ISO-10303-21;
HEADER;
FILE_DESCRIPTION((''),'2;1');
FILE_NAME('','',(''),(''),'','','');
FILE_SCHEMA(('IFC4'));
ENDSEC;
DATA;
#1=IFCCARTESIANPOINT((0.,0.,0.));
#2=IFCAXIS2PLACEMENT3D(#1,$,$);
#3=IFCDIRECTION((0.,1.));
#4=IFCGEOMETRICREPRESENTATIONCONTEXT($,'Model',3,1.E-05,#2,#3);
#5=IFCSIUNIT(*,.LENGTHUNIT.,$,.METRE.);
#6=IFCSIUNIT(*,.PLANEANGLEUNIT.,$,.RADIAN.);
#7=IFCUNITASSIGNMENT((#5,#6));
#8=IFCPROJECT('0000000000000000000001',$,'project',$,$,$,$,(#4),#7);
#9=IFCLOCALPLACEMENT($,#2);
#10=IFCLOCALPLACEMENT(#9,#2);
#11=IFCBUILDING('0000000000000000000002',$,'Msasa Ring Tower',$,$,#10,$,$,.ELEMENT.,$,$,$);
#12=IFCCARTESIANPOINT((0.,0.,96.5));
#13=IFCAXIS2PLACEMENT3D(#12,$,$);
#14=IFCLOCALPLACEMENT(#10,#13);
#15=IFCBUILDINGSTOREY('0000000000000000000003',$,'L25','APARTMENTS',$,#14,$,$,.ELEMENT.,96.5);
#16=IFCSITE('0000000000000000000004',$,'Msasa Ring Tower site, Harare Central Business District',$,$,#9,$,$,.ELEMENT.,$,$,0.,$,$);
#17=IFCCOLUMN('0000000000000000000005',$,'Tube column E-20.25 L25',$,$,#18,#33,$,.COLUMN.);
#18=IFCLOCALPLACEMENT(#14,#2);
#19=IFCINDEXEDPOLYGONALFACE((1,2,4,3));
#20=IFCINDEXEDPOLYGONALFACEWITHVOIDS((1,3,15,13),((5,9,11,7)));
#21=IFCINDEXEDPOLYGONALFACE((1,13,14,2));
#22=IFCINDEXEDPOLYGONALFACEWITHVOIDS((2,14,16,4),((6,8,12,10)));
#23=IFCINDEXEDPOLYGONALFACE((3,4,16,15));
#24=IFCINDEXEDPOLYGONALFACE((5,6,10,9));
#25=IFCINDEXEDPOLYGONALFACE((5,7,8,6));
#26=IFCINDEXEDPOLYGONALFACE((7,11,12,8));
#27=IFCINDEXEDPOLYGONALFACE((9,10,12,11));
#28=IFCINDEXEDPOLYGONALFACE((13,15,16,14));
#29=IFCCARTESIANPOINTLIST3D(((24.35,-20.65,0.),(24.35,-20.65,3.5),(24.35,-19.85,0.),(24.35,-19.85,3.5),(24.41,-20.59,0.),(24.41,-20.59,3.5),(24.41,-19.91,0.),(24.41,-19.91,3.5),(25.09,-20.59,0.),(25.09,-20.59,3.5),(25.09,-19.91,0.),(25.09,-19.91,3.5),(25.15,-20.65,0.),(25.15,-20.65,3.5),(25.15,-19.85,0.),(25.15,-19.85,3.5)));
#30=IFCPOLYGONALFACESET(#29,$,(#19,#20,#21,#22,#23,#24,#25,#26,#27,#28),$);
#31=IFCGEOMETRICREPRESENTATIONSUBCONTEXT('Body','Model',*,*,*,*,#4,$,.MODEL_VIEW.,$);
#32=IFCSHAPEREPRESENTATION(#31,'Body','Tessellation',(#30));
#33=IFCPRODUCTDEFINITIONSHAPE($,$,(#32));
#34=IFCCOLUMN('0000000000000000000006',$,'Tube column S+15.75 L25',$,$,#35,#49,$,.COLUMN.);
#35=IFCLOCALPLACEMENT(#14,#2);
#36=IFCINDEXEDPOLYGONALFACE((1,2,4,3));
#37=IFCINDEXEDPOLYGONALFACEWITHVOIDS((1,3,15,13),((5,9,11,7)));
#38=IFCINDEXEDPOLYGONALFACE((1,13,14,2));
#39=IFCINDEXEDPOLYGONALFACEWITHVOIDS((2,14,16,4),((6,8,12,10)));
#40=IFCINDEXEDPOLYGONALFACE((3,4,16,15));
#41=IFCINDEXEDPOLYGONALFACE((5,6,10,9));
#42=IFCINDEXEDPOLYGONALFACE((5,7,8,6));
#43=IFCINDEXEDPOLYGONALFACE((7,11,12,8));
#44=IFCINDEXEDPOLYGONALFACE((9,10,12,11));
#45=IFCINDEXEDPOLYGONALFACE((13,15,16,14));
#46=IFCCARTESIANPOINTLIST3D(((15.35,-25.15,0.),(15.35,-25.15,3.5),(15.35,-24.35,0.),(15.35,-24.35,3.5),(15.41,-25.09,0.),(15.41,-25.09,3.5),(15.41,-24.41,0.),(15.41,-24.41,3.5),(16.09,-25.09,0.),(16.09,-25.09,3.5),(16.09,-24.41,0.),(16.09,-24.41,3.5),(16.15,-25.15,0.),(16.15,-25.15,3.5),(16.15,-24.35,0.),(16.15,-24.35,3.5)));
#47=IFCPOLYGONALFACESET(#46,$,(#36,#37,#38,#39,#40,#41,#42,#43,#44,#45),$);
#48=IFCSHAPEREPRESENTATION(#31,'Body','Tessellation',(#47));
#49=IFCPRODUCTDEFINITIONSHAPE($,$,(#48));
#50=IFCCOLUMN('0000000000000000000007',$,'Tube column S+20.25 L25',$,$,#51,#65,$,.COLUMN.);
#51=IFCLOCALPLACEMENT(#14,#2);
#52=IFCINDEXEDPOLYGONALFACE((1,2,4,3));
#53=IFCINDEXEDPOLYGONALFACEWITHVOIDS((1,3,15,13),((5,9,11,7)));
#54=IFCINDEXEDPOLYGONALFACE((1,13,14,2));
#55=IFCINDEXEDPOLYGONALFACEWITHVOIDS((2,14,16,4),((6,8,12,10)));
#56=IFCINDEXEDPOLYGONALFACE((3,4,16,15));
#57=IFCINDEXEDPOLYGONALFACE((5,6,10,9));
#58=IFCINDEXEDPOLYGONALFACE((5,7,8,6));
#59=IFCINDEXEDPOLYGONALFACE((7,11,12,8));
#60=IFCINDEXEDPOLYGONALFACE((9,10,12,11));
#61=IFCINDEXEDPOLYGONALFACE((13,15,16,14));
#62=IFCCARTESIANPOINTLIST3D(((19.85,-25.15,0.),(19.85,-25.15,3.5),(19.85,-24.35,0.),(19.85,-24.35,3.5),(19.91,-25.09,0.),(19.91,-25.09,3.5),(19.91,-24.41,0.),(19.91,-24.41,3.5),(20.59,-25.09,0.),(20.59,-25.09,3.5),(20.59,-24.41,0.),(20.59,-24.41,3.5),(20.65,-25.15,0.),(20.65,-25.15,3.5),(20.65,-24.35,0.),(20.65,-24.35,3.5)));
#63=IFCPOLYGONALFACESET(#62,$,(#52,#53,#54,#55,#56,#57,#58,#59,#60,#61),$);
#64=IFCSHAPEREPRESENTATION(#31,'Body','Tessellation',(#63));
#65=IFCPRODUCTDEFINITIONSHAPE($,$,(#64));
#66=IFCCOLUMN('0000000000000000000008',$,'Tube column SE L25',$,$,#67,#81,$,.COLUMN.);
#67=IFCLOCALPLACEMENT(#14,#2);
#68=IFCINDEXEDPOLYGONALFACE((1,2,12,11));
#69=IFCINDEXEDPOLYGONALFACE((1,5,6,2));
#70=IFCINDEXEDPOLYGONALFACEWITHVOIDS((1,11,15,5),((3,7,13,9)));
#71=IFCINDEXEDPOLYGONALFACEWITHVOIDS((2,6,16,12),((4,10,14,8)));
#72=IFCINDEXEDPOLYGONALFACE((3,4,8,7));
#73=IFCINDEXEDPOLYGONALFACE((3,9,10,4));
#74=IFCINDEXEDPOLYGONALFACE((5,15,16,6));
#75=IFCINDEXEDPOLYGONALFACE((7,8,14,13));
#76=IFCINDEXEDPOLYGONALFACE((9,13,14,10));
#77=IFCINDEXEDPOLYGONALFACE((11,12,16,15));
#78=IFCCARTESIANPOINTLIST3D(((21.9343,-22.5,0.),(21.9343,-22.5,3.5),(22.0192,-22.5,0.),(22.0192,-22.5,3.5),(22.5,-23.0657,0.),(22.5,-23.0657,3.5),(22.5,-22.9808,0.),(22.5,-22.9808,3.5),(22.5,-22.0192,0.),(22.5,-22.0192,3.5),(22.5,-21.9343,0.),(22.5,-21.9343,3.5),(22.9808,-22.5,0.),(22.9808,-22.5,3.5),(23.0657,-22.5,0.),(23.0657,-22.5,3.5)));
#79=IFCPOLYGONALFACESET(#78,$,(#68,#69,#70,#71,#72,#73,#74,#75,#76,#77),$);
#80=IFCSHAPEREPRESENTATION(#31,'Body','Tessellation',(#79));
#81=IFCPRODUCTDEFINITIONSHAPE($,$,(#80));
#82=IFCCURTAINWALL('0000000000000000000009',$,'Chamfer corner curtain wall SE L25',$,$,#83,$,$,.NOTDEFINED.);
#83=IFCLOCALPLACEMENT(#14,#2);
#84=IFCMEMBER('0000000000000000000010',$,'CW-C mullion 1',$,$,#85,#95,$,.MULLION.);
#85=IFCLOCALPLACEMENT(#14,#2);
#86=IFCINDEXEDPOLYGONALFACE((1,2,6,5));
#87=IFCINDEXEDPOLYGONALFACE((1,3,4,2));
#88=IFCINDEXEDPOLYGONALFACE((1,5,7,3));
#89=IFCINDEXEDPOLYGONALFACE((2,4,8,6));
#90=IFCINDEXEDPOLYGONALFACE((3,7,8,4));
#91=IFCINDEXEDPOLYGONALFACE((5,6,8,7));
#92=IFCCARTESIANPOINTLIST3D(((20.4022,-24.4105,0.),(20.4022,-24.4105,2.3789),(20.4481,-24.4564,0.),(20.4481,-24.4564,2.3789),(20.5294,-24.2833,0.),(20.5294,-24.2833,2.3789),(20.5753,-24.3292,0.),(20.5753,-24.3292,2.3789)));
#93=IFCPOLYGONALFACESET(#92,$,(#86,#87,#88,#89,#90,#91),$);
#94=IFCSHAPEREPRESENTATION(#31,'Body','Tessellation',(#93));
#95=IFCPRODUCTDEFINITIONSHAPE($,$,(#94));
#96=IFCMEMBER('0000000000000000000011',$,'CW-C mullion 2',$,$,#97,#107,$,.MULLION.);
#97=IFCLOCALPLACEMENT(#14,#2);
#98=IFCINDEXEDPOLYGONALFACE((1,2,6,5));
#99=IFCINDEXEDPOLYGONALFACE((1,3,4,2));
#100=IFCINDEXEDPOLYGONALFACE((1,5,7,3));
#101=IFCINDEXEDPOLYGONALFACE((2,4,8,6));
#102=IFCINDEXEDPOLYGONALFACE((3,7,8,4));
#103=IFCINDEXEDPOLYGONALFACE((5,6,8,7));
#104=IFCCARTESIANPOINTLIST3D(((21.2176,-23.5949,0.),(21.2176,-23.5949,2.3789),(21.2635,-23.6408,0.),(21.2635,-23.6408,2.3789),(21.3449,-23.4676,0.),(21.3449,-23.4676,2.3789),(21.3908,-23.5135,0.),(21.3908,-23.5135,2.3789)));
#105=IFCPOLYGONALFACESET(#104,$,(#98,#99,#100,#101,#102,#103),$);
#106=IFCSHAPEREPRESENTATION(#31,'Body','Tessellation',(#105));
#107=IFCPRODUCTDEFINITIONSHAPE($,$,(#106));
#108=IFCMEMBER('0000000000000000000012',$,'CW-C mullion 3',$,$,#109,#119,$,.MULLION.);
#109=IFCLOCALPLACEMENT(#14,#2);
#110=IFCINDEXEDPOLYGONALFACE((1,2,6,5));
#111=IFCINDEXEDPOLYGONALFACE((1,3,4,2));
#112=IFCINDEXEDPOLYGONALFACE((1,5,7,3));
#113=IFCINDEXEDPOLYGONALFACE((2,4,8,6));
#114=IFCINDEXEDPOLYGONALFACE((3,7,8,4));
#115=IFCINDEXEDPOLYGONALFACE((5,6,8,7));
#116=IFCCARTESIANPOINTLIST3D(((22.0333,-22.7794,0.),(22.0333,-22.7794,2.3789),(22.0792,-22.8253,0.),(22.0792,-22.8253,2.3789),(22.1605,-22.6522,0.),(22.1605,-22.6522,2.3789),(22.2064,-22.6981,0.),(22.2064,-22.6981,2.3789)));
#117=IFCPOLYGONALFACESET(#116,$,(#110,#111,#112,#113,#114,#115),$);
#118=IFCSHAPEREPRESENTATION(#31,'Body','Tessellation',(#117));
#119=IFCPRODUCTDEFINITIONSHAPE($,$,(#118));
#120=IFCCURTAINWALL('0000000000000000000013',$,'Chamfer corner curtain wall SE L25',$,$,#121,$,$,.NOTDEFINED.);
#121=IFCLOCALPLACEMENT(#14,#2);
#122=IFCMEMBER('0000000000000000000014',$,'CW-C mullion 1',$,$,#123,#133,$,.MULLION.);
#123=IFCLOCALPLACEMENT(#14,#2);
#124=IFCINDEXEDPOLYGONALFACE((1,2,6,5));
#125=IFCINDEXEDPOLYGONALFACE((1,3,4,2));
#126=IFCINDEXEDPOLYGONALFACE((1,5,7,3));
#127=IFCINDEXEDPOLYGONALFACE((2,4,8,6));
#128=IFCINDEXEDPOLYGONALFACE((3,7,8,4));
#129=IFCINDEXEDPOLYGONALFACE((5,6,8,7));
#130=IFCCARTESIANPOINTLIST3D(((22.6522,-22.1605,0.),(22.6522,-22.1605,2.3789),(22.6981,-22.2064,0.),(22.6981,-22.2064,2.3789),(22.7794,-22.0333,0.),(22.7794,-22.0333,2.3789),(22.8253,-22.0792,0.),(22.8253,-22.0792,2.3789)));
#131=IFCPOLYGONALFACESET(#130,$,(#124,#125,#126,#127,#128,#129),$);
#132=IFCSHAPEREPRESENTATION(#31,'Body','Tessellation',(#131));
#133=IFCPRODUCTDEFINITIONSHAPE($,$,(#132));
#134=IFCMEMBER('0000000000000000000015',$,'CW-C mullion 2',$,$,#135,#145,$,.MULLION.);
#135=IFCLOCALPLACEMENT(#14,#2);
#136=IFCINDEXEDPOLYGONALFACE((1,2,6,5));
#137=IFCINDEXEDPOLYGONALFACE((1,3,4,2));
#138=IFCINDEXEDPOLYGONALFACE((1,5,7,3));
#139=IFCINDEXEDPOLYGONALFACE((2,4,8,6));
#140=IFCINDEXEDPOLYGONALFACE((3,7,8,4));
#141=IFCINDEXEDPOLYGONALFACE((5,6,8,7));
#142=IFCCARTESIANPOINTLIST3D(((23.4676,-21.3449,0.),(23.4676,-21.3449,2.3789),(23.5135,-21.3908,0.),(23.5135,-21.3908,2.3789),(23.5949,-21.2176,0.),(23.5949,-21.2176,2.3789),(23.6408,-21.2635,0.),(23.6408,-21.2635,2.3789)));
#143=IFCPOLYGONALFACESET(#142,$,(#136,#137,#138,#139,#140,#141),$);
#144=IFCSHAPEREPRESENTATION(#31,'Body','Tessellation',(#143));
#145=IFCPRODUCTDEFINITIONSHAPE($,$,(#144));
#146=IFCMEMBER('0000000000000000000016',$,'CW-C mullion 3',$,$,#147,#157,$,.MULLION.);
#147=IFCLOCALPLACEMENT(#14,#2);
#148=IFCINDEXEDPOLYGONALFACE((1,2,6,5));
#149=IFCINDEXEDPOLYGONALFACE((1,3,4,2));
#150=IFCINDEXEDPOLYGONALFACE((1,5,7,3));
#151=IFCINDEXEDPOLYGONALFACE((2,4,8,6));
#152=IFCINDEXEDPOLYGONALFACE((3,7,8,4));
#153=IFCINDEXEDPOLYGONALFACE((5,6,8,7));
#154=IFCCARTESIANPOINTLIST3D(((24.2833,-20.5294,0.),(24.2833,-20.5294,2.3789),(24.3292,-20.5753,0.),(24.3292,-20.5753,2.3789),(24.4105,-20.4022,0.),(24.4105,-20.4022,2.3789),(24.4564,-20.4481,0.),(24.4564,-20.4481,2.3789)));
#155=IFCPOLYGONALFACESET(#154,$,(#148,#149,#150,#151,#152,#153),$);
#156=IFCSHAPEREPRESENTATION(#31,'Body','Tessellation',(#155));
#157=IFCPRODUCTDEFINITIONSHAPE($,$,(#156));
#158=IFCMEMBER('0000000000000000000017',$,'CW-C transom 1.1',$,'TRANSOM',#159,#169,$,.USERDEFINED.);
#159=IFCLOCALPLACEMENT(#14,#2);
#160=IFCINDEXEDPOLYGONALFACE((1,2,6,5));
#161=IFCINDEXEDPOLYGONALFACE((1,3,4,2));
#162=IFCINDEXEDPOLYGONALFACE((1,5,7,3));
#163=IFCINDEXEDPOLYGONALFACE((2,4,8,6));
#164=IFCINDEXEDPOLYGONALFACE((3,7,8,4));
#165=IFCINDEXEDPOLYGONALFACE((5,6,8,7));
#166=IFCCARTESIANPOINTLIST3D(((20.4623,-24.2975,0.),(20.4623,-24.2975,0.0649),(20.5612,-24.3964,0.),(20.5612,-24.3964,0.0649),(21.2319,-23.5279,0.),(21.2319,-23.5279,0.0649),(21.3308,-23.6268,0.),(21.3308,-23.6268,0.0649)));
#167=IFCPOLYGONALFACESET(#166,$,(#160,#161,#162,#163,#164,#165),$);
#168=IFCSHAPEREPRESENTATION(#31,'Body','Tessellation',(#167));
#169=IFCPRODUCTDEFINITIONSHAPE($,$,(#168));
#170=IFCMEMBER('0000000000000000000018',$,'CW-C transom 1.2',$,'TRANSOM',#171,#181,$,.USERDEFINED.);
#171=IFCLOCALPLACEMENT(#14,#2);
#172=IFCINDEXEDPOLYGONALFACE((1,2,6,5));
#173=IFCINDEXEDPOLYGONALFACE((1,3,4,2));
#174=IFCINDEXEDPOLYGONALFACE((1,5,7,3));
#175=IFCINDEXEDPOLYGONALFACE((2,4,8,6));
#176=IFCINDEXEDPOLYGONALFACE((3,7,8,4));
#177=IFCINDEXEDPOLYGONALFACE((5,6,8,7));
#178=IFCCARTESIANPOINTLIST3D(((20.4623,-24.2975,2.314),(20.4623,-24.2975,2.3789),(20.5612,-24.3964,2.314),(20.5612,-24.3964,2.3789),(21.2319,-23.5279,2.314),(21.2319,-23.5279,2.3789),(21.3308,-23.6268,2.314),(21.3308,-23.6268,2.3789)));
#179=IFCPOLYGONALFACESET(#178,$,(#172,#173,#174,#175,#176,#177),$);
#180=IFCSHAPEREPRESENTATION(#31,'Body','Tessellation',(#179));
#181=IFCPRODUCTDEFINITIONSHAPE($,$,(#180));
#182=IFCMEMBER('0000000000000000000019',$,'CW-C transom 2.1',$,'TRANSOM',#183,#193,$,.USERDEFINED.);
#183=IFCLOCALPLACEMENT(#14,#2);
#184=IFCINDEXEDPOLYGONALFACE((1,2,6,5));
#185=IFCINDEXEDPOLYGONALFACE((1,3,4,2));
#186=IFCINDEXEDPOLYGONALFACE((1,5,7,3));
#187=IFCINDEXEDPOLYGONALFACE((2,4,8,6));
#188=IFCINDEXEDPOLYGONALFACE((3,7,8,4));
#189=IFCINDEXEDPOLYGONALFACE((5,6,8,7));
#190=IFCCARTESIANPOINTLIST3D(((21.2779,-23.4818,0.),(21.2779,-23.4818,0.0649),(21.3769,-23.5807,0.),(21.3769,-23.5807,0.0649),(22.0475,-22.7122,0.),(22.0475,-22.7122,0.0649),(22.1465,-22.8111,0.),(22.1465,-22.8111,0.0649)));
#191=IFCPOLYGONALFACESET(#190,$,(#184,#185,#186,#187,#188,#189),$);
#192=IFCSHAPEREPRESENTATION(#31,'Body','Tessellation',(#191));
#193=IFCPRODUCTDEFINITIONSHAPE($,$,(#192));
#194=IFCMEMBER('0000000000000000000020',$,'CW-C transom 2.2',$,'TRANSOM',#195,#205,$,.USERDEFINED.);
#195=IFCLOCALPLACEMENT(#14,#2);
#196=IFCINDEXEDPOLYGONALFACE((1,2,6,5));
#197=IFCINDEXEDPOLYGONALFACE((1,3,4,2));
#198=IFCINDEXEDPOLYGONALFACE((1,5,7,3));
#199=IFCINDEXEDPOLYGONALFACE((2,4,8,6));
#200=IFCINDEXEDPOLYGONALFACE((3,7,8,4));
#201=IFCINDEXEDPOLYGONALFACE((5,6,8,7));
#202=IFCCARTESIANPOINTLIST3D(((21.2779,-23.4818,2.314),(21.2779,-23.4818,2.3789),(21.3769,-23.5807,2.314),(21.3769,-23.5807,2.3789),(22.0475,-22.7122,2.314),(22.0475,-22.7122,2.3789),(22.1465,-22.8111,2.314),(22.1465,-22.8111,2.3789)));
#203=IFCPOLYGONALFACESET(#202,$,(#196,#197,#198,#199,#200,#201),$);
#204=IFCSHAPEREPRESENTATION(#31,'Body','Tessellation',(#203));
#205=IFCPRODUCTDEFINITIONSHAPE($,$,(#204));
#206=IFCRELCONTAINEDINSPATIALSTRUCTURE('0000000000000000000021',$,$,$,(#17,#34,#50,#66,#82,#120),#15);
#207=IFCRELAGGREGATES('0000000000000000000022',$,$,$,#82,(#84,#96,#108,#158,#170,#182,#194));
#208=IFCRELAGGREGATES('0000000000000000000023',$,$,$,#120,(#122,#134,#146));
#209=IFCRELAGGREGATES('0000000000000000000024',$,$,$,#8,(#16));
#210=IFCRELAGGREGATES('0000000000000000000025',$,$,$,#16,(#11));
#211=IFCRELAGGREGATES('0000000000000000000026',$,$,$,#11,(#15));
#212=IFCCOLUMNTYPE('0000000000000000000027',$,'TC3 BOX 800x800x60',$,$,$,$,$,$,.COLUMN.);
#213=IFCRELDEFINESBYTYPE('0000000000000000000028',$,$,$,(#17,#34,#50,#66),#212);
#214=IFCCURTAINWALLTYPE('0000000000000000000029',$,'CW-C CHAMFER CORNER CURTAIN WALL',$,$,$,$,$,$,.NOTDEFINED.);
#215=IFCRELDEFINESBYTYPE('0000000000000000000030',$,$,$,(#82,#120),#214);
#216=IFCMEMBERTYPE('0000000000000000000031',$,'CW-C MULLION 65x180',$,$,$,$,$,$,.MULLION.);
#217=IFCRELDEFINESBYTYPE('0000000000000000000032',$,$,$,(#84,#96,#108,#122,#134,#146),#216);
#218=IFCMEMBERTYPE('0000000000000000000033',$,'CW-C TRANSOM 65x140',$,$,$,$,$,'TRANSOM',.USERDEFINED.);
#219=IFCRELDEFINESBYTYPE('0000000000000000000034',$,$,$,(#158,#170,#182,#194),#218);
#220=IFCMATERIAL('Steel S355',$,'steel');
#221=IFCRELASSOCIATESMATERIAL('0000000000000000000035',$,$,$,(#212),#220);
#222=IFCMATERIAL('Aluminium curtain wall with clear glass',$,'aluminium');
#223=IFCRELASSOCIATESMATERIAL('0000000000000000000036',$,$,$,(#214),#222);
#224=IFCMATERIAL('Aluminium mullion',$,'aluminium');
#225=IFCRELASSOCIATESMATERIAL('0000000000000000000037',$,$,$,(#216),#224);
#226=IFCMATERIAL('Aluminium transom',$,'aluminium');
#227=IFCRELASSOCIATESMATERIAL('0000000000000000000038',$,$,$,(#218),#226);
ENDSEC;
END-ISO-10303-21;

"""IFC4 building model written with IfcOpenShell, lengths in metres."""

from ifc_helpers import new_model, si_unit, direction, frame, origin, origin_2d, place, context, subcontext, project, spatial, rectangle, hollow_rectangle, extrude, material, material_profile, profile_set, type_object, element, aggregate, save


model = new_model("IFC4")

# Units and contexts
model_context = context("Model", 3, precision=1e-05, world=origin(), true_north=direction((0.0, 1.0)))
body_context = subcontext(model_context, "Body", "Model", "MODEL_VIEW")
ifc_project = project(units=[si_unit("LENGTHUNIT", "METRE"), si_unit("PLANEANGLEUNIT", "RADIAN")], contexts=[model_context])

# Site, building, storey
site_placement = place(None, origin())
site = spatial("IfcSite", under=ifc_project, at=site_placement, Name="Msasa Ring Tower site, Harare Central Business District", CompositionType="ELEMENT", RefElevation=0.0)
building_placement = place(site_placement, origin())
building = spatial("IfcBuilding", under=site, at=building_placement, Name="Msasa Ring Tower", CompositionType="ELEMENT")
storey_placement = place(building_placement, frame((0.0, 0.0, 96.5)))
storey = spatial("IfcBuildingStorey", under=building, at=storey_placement, Name="L25", Description="APARTMENTS", CompositionType="ELEMENT", Elevation=96.5)

# Columns
ifc_material_1 = material(Name="Steel S355", Category="steel")
ifc_material_profile_1 = material_profile(ifc_material_1, hollow_rectangle(XDim=0.8, YDim=0.8, WallThickness=0.0601, at=origin_2d()), Name="BOX 800x800x60")
ifc_profile_set_1 = profile_set([ifc_material_profile_1], Name="Steel S355")
column_type = type_object("IfcColumnType", Name="TC3 BOX 800x800x60", PredefinedType="COLUMN", material=ifc_profile_set_1)
for number, where, z_axis, x_axis, name in (
    (1, (24.75, -20.25, 0.0), (0.0, 0.0, 1.0), (1.0, 0.0, 0.0), "Tube column E-20.25 L25"),
    (2, (15.75, -24.75, 0.0), (0.0, 0.0, 1.0), (0.0, 1.0, 0.0), "Tube column S+15.75 L25"),
    (3, (20.25, -24.75, 0.0), (0.0, 0.0, 1.0), (0.0, 1.0, 0.0), "Tube column S+20.25 L25"),
    (4, (22.5, -22.5, 0.0), (0.0, 0.0, 1.0), (0.707107, -0.707107, 0.0), "Tube column SE L25"),
):
    element("IfcColumn", number, at=place(storey_placement, frame(where, z_axis=z_axis, x_axis=x_axis)), inside=storey, type_object=column_type, Name=name, PredefinedType="COLUMN", context=body_context, shape_type="SweptSolid", body=[
        extrude(hollow_rectangle(XDim=0.8, YDim=0.8, WallThickness=0.0601, at=origin_2d()), origin(), (0.0, 0.0, 1.0), 3.5),
    ])

# Curtain walls, members
ifc_material_2 = material(Name="Aluminium curtain wall with clear glass", Category="aluminium")
curtain_wall_type = type_object("IfcCurtainWallType", Name="CW-C CHAMFER CORNER CURTAIN WALL", PredefinedType="NOTDEFINED", material=ifc_material_2)
curtain_wall_1_placement = place(storey_placement, origin())
curtain_wall_1 = element("IfcCurtainWall", 5, at=curtain_wall_1_placement, inside=storey, type_object=curtain_wall_type, Name="Chamfer corner curtain wall SE L25", PredefinedType="NOTDEFINED")
ifc_material_3 = material(Name="Aluminium mullion", Category="aluminium")
ifc_material_profile_2 = material_profile(ifc_material_3, rectangle(XDim=0.0649, YDim=0.1799, at=origin_2d()), Name="AL 65x180")
ifc_profile_set_2 = profile_set([ifc_material_profile_2], Name="Aluminium mullion")
member_type_1 = type_object("IfcMemberType", Name="CW-C MULLION 65x180", PredefinedType="MULLION", material=ifc_profile_set_2)
member_1_placement = place(storey_placement, frame((20.4888, -24.3699, 0.0), z_axis=(0.0, 0.0, 1.0), x_axis=(-0.707107, 0.707107, 0.0)))
member_1 = element("IfcMember", 6, at=member_1_placement, type_object=member_type_1, Name="CW-C mullion 1", PredefinedType="MULLION", context=body_context, shape_type="SweptSolid", body=[
    extrude(rectangle(XDim=0.0649, YDim=0.1799, at=origin_2d()), origin(), (0.0, 0.0, 1.0), 2.3789),
])
member_2_placement = place(storey_placement, frame((21.3042, -23.5542, 0.0), z_axis=(0.0, 0.0, 1.0), x_axis=(-0.707107, 0.707107, 0.0)))
member_2 = element("IfcMember", 7, at=member_2_placement, type_object=member_type_1, Name="CW-C mullion 2", PredefinedType="MULLION", context=body_context, shape_type="SweptSolid", body=[
    extrude(rectangle(XDim=0.0649, YDim=0.1799, at=origin_2d()), origin(), (0.0, 0.0, 1.0), 2.3789),
])
member_3_placement = place(storey_placement, frame((22.1199, -22.7388, 0.0), z_axis=(0.0, 0.0, 1.0), x_axis=(-0.707107, 0.707107, 0.0)))
member_3 = element("IfcMember", 8, at=member_3_placement, type_object=member_type_1, Name="CW-C mullion 3", PredefinedType="MULLION", context=body_context, shape_type="SweptSolid", body=[
    extrude(rectangle(XDim=0.0649, YDim=0.1799, at=origin_2d()), origin(), (0.0, 0.0, 1.0), 2.3789),
])
curtain_wall_2_placement = place(storey_placement, origin())
curtain_wall_2 = element("IfcCurtainWall", 9, at=curtain_wall_2_placement, inside=storey, type_object=curtain_wall_type, Name="Chamfer corner curtain wall SE L25", PredefinedType="NOTDEFINED")
member_4_placement = place(storey_placement, frame((22.7388, -22.1199, 0.0), z_axis=(0.0, 0.0, 1.0), x_axis=(-0.707107, 0.707107, 0.0)))
member_4 = element("IfcMember", 10, at=member_4_placement, type_object=member_type_1, Name="CW-C mullion 1", PredefinedType="MULLION", context=body_context, shape_type="SweptSolid", body=[
    extrude(rectangle(XDim=0.0649, YDim=0.1799, at=origin_2d()), origin(), (0.0, 0.0, 1.0), 2.3789),
])
member_5_placement = place(storey_placement, frame((23.5542, -21.3042, 0.0), z_axis=(0.0, 0.0, 1.0), x_axis=(-0.707107, 0.707107, 0.0)))
member_5 = element("IfcMember", 11, at=member_5_placement, type_object=member_type_1, Name="CW-C mullion 2", PredefinedType="MULLION", context=body_context, shape_type="SweptSolid", body=[
    extrude(rectangle(XDim=0.0649, YDim=0.1799, at=origin_2d()), origin(), (0.0, 0.0, 1.0), 2.3789),
])
member_6_placement = place(storey_placement, frame((24.3699, -20.4888, 0.0), z_axis=(0.0, 0.0, 1.0), x_axis=(-0.707107, 0.707107, 0.0)))
member_6 = element("IfcMember", 12, at=member_6_placement, type_object=member_type_1, Name="CW-C mullion 3", PredefinedType="MULLION", context=body_context, shape_type="SweptSolid", body=[
    extrude(rectangle(XDim=0.0649, YDim=0.1799, at=origin_2d()), origin(), (0.0, 0.0, 1.0), 2.3789),
])

# Members
ifc_material_4 = material(Name="Aluminium transom", Category="aluminium")
ifc_material_profile_3 = material_profile(ifc_material_4, rectangle(XDim=0.1399, YDim=0.0649, at=origin_2d()), Name="AL 65x140")
ifc_profile_set_3 = profile_set([ifc_material_profile_3], Name="Aluminium transom")
member_type_2 = type_object("IfcMemberType", Name="CW-C TRANSOM 65x140", ElementType="TRANSOM", PredefinedType="USERDEFINED", material=ifc_profile_set_3)
member_7_placement = place(storey_placement, frame((20.5117, -24.3469, 0.0325), z_axis=(0.707107, 0.707107, 0.0), x_axis=(-0.707107, 0.707107, 0.0)))
member_7 = element("IfcMember", 13, at=member_7_placement, type_object=member_type_2, Name="CW-C transom 1.1", ObjectType="TRANSOM", PredefinedType="USERDEFINED", context=body_context, shape_type="SweptSolid", body=[
    extrude(rectangle(XDim=0.1399, YDim=0.0649, at=origin_2d()), origin(), (0.0, 0.0, 1.0), 1.0884),
])
member_8_placement = place(storey_placement, frame((20.5117, -24.3469, 2.3464), z_axis=(0.707107, 0.707107, 0.0), x_axis=(-0.707107, 0.707107, 0.0)))
member_8 = element("IfcMember", 14, at=member_8_placement, type_object=member_type_2, Name="CW-C transom 1.2", ObjectType="TRANSOM", PredefinedType="USERDEFINED", context=body_context, shape_type="SweptSolid", body=[
    extrude(rectangle(XDim=0.1399, YDim=0.0649, at=origin_2d()), origin(), (0.0, 0.0, 1.0), 1.0884),
])
member_9_placement = place(storey_placement, frame((21.3274, -23.5312, 0.0325), z_axis=(0.707107, 0.707107, 0.0), x_axis=(-0.707107, 0.707107, 0.0)))
member_9 = element("IfcMember", 15, at=member_9_placement, type_object=member_type_2, Name="CW-C transom 2.1", ObjectType="TRANSOM", PredefinedType="USERDEFINED", context=body_context, shape_type="SweptSolid", body=[
    extrude(rectangle(XDim=0.1399, YDim=0.0649, at=origin_2d()), origin(), (0.0, 0.0, 1.0), 1.0884),
])
member_10_placement = place(storey_placement, frame((21.3274, -23.5312, 2.3464), z_axis=(0.707107, 0.707107, 0.0), x_axis=(-0.707107, 0.707107, 0.0)))
member_10 = element("IfcMember", 16, at=member_10_placement, type_object=member_type_2, Name="CW-C transom 2.2", ObjectType="TRANSOM", PredefinedType="USERDEFINED", context=body_context, shape_type="SweptSolid", body=[
    extrude(rectangle(XDim=0.1399, YDim=0.0649, at=origin_2d()), origin(), (0.0, 0.0, 1.0), 1.0884),
])

aggregate(curtain_wall_1, [member_1, member_2, member_3, member_7, member_8, member_9, member_10])
aggregate(curtain_wall_2, [member_4, member_5, member_6])

save(model, "model.ifc")
